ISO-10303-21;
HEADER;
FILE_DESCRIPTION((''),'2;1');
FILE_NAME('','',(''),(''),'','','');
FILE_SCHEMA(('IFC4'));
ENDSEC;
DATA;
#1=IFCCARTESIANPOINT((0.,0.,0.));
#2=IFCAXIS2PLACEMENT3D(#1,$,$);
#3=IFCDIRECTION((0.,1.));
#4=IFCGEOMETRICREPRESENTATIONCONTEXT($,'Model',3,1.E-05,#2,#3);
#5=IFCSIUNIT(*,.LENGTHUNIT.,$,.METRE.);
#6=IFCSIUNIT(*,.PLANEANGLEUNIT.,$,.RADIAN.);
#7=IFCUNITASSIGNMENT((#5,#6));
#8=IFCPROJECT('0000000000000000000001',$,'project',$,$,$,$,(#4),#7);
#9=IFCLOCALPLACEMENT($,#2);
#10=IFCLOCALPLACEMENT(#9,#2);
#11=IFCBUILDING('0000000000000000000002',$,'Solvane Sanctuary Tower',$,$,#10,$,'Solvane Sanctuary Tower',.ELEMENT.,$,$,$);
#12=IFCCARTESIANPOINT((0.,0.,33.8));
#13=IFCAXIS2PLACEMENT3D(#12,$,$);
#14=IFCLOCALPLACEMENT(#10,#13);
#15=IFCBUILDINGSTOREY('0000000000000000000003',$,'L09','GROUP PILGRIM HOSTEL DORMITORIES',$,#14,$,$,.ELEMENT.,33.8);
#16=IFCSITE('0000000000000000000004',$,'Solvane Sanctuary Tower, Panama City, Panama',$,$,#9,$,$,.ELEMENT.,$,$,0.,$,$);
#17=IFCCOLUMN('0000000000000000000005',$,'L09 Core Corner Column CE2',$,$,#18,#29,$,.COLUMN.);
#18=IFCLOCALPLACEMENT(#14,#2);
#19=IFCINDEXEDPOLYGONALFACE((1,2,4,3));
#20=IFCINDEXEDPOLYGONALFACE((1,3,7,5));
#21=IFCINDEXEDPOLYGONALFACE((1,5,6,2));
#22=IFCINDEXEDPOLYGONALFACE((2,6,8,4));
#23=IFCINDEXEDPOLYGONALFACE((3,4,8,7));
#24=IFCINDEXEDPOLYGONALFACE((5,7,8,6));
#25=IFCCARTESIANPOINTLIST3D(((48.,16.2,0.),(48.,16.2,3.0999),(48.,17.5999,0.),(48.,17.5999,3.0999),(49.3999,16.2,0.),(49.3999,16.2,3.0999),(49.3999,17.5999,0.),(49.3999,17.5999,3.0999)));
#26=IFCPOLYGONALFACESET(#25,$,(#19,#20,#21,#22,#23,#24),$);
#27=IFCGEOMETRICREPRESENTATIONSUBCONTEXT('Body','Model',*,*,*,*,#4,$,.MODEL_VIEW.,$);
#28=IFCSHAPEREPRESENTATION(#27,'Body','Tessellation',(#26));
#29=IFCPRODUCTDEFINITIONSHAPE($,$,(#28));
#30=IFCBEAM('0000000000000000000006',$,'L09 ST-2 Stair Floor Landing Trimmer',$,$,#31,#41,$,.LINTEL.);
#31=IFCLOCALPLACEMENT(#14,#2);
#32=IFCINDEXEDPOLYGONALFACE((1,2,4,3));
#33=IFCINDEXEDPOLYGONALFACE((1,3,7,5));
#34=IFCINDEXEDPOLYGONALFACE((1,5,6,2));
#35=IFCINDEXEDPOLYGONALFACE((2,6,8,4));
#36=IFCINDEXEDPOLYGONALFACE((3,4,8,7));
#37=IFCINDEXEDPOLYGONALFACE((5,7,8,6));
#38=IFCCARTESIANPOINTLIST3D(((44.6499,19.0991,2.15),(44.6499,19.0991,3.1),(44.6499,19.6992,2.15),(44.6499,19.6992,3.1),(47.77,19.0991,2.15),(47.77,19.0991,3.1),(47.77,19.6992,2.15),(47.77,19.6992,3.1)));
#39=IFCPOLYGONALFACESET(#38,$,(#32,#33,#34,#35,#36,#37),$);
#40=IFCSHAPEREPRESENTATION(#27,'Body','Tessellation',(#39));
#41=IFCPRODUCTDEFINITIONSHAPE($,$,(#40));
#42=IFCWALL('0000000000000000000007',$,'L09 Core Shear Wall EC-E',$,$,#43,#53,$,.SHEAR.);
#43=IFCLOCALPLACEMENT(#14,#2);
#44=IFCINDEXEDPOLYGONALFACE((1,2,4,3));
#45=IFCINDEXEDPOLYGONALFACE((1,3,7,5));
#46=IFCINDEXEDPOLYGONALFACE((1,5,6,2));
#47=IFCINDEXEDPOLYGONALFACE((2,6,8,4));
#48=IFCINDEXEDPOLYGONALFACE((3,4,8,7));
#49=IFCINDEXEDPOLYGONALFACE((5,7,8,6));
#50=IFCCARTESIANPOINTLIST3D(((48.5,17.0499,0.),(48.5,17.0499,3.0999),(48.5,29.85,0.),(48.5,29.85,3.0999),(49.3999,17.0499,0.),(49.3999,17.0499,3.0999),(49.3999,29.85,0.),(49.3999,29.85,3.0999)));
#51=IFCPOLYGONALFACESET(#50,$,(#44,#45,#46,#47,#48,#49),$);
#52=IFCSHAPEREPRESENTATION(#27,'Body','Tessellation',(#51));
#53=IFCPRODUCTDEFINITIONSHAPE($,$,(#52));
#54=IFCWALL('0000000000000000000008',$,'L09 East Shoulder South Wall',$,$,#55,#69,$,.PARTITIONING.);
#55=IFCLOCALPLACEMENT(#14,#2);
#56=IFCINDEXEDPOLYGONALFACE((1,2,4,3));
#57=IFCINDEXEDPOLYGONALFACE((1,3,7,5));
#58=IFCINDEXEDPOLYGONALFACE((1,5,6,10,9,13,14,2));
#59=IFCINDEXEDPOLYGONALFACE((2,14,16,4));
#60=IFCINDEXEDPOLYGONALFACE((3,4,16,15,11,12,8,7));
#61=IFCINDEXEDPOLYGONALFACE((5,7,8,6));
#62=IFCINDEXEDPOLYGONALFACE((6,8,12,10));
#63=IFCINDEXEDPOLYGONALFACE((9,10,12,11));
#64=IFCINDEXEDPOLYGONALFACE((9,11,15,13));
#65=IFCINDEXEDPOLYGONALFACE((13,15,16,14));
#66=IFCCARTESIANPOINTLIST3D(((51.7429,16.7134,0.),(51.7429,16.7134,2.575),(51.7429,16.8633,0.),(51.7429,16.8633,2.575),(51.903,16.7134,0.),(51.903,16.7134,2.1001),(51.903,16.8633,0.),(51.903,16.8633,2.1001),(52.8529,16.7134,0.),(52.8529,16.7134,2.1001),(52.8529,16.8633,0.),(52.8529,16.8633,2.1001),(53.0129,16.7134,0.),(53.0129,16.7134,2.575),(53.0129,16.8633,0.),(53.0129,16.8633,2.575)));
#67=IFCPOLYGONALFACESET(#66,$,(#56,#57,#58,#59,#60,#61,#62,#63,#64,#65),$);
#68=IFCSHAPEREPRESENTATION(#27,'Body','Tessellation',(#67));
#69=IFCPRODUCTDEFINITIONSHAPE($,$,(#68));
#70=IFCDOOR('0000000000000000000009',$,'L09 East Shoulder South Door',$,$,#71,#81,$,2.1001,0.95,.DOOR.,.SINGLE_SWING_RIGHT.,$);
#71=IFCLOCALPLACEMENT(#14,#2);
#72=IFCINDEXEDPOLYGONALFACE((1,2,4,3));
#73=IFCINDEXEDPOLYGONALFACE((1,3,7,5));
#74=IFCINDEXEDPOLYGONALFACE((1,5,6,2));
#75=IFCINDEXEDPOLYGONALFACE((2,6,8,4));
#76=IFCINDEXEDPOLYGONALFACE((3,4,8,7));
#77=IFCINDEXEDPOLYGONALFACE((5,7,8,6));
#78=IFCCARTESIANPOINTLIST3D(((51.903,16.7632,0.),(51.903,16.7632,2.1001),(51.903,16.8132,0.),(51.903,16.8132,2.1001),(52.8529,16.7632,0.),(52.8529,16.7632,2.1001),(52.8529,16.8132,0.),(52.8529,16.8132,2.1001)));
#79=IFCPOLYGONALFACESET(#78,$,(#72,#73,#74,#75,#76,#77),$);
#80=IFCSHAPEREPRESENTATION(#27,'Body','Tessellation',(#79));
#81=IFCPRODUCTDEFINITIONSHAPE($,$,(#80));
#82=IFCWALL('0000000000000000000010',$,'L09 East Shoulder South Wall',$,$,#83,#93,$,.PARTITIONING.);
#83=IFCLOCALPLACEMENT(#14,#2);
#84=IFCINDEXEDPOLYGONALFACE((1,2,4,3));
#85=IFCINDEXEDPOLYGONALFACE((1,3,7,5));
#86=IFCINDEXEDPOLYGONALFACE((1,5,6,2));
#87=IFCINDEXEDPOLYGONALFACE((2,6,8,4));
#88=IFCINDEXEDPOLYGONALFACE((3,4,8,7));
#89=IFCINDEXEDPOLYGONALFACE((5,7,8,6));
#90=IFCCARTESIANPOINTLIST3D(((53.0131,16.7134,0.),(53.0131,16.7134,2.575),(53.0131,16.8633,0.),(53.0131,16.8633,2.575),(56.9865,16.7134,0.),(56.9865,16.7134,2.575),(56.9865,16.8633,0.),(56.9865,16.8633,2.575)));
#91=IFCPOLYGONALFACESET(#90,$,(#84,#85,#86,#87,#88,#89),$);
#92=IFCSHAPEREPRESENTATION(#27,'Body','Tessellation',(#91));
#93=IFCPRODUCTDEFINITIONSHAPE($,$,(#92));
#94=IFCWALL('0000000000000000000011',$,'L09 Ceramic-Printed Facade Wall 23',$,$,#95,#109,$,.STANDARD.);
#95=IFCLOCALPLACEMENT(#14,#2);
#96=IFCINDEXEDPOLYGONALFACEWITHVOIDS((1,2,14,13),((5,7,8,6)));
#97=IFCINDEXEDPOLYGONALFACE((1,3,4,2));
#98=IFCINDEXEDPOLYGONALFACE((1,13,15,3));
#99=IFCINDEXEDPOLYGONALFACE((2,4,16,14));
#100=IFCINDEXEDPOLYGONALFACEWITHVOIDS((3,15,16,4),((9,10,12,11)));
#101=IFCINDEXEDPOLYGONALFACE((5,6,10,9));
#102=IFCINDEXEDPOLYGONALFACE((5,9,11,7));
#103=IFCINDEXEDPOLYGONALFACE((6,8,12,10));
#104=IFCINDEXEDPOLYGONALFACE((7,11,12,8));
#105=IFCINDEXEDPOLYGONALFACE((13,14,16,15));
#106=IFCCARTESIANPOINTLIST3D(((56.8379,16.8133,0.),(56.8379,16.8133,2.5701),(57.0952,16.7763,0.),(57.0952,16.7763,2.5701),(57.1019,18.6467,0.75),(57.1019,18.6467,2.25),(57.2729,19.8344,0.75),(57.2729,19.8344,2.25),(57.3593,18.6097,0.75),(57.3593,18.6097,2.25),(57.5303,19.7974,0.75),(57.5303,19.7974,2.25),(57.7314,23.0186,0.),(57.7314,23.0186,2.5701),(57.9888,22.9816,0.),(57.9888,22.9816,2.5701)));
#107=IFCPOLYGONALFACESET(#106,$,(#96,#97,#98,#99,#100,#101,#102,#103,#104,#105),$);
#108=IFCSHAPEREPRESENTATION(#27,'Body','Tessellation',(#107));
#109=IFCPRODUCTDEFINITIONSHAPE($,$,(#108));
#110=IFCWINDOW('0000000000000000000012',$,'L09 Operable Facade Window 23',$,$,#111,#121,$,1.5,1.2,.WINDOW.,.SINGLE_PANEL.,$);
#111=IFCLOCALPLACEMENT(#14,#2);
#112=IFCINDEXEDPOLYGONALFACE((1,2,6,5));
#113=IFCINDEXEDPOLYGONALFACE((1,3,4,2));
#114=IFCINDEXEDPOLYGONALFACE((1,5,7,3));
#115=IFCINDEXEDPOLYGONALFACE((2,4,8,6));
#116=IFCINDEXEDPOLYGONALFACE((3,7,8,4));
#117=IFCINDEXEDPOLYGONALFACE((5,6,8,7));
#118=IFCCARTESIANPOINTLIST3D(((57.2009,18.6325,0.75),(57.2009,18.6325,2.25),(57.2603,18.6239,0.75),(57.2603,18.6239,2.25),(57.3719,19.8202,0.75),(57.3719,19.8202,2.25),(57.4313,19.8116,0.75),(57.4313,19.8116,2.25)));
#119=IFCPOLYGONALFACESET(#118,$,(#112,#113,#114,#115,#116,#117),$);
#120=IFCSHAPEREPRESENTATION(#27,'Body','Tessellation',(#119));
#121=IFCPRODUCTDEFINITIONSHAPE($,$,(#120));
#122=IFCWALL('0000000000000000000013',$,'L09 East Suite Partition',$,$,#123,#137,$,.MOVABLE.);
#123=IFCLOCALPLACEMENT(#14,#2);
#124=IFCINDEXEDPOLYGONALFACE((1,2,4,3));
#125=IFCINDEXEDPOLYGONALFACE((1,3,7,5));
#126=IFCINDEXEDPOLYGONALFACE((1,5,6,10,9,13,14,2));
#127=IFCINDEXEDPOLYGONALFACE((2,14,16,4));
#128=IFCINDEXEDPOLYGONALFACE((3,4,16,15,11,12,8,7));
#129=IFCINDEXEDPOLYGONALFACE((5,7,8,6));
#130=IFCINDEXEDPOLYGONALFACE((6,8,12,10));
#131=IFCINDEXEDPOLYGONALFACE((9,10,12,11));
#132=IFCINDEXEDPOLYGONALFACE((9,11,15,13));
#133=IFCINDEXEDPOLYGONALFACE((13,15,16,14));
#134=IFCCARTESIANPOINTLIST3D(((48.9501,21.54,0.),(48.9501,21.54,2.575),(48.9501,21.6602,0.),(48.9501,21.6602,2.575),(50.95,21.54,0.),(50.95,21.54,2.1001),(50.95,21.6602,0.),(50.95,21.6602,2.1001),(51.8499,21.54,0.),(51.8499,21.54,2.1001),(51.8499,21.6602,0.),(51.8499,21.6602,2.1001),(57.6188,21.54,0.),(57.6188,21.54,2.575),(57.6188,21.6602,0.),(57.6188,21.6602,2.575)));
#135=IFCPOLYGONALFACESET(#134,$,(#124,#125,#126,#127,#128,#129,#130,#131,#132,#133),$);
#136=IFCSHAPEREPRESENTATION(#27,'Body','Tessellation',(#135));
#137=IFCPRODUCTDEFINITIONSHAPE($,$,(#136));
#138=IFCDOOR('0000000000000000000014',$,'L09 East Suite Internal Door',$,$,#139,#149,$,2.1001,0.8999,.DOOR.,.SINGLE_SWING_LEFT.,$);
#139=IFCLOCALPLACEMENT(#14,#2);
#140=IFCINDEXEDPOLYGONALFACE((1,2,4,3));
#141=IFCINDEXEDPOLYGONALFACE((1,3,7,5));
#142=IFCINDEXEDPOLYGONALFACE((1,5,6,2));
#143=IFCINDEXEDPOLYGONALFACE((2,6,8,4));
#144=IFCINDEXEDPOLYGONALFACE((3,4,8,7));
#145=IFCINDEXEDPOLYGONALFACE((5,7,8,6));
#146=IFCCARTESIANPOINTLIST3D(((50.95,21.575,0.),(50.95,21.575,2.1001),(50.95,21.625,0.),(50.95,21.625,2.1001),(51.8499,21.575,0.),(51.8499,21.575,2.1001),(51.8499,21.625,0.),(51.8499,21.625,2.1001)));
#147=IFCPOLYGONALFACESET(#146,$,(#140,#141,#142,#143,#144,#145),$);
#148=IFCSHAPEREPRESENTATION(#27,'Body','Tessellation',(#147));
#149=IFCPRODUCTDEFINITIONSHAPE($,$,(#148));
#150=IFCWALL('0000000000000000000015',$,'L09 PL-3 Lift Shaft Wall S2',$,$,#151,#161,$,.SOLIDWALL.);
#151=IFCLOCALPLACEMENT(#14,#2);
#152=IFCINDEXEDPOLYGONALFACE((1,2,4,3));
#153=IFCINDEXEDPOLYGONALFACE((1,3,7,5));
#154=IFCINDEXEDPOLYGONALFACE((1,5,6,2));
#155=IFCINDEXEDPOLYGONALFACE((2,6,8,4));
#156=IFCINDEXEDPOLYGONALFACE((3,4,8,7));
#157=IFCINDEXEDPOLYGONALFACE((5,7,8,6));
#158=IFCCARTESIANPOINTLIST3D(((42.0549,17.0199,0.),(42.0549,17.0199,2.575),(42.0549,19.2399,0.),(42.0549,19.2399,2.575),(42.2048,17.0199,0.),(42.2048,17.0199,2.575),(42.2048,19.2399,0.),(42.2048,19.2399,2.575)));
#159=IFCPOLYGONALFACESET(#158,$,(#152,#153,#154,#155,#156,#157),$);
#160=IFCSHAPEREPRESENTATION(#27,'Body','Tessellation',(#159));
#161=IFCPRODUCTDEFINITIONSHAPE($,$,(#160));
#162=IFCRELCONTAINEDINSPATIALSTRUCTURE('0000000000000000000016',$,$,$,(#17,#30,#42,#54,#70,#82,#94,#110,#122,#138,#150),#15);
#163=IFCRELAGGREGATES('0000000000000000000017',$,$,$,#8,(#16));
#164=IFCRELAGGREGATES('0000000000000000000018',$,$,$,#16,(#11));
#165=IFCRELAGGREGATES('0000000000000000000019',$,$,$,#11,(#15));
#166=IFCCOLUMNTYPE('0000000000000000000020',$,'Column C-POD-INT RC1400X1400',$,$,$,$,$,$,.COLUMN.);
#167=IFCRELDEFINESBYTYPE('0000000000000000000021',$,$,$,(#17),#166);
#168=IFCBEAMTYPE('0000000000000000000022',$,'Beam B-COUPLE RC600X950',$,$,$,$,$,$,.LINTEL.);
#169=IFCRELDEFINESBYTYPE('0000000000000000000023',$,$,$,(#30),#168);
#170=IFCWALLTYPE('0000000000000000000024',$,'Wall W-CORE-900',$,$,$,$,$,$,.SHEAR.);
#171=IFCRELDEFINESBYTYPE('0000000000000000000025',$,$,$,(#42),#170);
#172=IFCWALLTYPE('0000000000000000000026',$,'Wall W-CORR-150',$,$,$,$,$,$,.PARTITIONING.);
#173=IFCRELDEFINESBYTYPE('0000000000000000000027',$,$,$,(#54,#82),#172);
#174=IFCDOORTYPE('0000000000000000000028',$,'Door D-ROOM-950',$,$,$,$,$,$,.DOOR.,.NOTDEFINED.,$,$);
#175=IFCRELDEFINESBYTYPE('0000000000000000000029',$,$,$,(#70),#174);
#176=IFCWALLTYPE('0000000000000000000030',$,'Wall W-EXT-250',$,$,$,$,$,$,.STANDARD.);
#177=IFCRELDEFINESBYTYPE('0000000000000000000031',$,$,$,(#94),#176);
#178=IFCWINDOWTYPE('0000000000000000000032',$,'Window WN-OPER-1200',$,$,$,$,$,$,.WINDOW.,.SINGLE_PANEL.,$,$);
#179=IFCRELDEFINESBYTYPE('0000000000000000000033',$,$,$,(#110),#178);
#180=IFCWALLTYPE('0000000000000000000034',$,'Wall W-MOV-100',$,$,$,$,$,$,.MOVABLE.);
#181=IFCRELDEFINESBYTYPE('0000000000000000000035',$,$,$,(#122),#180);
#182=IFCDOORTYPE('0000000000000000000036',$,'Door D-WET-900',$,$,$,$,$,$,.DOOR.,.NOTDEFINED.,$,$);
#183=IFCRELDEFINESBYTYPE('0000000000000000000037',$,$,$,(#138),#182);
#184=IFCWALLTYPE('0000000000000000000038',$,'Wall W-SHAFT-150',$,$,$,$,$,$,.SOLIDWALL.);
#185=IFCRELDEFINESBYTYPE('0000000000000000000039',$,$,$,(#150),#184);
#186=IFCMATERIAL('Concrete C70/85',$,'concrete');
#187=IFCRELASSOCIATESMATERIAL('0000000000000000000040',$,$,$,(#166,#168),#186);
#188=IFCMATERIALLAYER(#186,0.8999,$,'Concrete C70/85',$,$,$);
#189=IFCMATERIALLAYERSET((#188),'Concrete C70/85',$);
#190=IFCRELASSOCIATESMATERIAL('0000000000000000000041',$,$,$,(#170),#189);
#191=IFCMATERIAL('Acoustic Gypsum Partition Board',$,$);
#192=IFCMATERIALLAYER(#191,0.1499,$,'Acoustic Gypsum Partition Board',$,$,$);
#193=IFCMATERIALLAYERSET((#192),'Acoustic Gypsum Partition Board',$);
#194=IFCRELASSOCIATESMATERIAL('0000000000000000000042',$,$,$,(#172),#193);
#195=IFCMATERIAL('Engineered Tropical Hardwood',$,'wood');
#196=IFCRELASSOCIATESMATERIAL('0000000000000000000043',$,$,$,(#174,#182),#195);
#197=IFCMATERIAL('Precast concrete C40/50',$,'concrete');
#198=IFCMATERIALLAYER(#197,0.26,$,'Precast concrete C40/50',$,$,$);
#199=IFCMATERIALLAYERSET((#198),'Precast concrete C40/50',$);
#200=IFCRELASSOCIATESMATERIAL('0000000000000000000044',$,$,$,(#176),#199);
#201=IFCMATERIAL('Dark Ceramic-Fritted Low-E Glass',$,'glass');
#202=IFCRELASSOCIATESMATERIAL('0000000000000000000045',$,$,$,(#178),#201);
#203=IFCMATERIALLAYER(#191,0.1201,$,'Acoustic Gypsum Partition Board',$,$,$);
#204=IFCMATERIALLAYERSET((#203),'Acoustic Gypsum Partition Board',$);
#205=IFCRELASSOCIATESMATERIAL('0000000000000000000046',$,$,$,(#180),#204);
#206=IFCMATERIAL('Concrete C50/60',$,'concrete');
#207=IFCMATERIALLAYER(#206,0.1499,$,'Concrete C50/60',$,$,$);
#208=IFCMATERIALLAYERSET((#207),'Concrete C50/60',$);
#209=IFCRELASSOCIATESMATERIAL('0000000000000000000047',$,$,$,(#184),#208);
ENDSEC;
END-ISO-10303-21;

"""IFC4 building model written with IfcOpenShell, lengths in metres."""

from ifc_helpers import new_model, si_unit, direction, frame, frame_2d, origin, origin_2d, place, context, subcontext, project, spatial, rectangle, extrude, material, layer, layer_set, material_profile, profile_set, type_object, element, fill, save


model = new_model("IFC4")

# Units and contexts
model_context = context("Model", 3, precision=1e-05, world=origin(), true_north=direction((0.0, 1.0)))
body_context = subcontext(model_context, "Body", "Model", "MODEL_VIEW")
ifc_project = project(units=[si_unit("LENGTHUNIT", "METRE"), si_unit("PLANEANGLEUNIT", "RADIAN")], contexts=[model_context])

# Site, building, storey
site_placement = place(None, origin())
site = spatial("IfcSite", under=ifc_project, at=site_placement, Name="Solvane Sanctuary Tower, Panama City, Panama", CompositionType="ELEMENT", RefElevation=0.0)
building_placement = place(site_placement, origin())
building = spatial("IfcBuilding", under=site, at=building_placement, Name="Solvane Sanctuary Tower", LongName="Solvane Sanctuary Tower", CompositionType="ELEMENT")
storey_placement = place(building_placement, frame((0.0, 0.0, 33.8)))
storey = spatial("IfcBuildingStorey", under=building, at=storey_placement, Name="L09", Description="GROUP PILGRIM HOSTEL DORMITORIES", CompositionType="ELEMENT", Elevation=33.8)

# Column
ifc_material_1 = material(Name="Concrete C70/85", Category="concrete")
ifc_material_profile_1 = material_profile(ifc_material_1, rectangle(XDim=1.3999, YDim=1.3999, at=origin_2d()), Name="RC1400X1400")
ifc_profile_set_1 = profile_set([ifc_material_profile_1], Name="Concrete C70/85")
column_type = type_object("IfcColumnType", Name="Column C-POD-INT RC1400X1400", PredefinedType="COLUMN", material=ifc_profile_set_1)
column_placement = place(storey_placement, frame((48.7, 16.8999, 0.0), z_axis=(0.0, 0.0, 1.0), x_axis=(1.0, 0.0, 0.0)))
element("IfcColumn", 1, at=column_placement, inside=storey, type_object=column_type, Name="L09 Core Corner Column CE2", PredefinedType="COLUMN", context=body_context, shape_type="SweptSolid", body=[
    extrude(rectangle(XDim=1.3999, YDim=1.3999, at=origin_2d()), origin(), (0.0, 0.0, 1.0), 3.0999),
])

# Beam
ifc_material_profile_2 = material_profile(ifc_material_1, rectangle(XDim=0.6001, YDim=0.95, at=origin_2d()), Name="RC600X950")
ifc_profile_set_2 = profile_set([ifc_material_profile_2], Name="Concrete C70/85")
beam_type = type_object("IfcBeamType", Name="Beam B-COUPLE RC600X950", PredefinedType="LINTEL", material=ifc_profile_set_2)
beam_placement = place(storey_placement, frame((44.6499, 19.3992, 2.625), z_axis=(1.0, 0.0, 0.0), x_axis=(0.0, 1.0, 0.0)))
element("IfcBeam", 2, at=beam_placement, inside=storey, type_object=beam_type, Name="L09 ST-2 Stair Floor Landing Trimmer", PredefinedType="LINTEL", context=body_context, shape_type="SweptSolid", body=[
    extrude(rectangle(XDim=0.6001, YDim=0.95, at=origin_2d()), origin(), (0.0, 0.0, 1.0), 3.1201),
])

# Wall
ifc_layer_1 = layer(ifc_material_1, 0.8999, Name="Concrete C70/85")
ifc_layer_set_1 = layer_set([ifc_layer_1], Name="Concrete C70/85")
wall_type_1 = type_object("IfcWallType", Name="Wall W-CORE-900", PredefinedType="SHEAR", material=ifc_layer_set_1)
wall_1_placement = place(storey_placement, frame((48.95, 17.05, 0.0), z_axis=(0.0, 0.0, 1.0), x_axis=(0.0, 1.0, 0.0)))
element("IfcWall", 3, at=wall_1_placement, inside=storey, type_object=wall_type_1, Name="L09 Core Shear Wall EC-E", PredefinedType="SHEAR", context=body_context, shape_type="SweptSolid", body=[
    extrude(rectangle(XDim=12.8, YDim=0.8999, at=frame_2d((6.3999, 0.0))), origin(), (0.0, 0.0, 1.0), 3.0999),
])

# Wall, opening, door
ifc_material_2 = material(Name="Acoustic Gypsum Partition Board")
ifc_layer_2 = layer(ifc_material_2, 0.1499, Name="Acoustic Gypsum Partition Board")
ifc_layer_set_2 = layer_set([ifc_layer_2], Name="Acoustic Gypsum Partition Board")
wall_type_2 = type_object("IfcWallType", Name="Wall W-CORR-150", PredefinedType="PARTITIONING", material=ifc_layer_set_2)
wall_2_placement = place(storey_placement, frame((51.7429, 16.7883, 0.0), z_axis=(0.0, 0.0, 1.0), x_axis=(1.0, 0.0, 0.0)))
wall_2 = element("IfcWall", 4, at=wall_2_placement, inside=storey, type_object=wall_type_2, Name="L09 East Shoulder South Wall", PredefinedType="PARTITIONING", context=body_context, shape_type="SweptSolid", body=[
    extrude(rectangle(XDim=1.27, YDim=0.1499, at=frame_2d((0.635, 0.0))), origin(), (0.0, 0.0, 1.0), 2.575),
])
opening_1_placement = place(wall_2_placement, frame((0.1599, 0.0, 0.0)))
opening_1 = element("IfcOpeningElement", 5, at=opening_1_placement, cuts=wall_2, PredefinedType="OPENING", context=body_context, shape_type="SweptSolid", body=[
    extrude(rectangle(XDim=0.95, YDim=2.1001, at=frame_2d((0.4751, 1.05))), frame((0.0, 0.085, 0.0), z_axis=(0.0, -1.0, 0.0), x_axis=(1.0, 0.0, 0.0)), (0.0, 0.0, 1.0), 0.1699),
])
ifc_material_3 = material(Name="Engineered Tropical Hardwood", Category="wood")
door_type_1 = type_object("IfcDoorType", Name="Door D-ROOM-950", OperationType="NOTDEFINED", PredefinedType="DOOR", material=ifc_material_3)
door_1_placement = place(opening_1_placement, origin())
door_1 = element("IfcDoor", 6, at=door_1_placement, inside=storey, type_object=door_type_1, Name="L09 East Shoulder South Door", OperationType="SINGLE_SWING_RIGHT", OverallHeight=2.1001, OverallWidth=0.95, PredefinedType="DOOR", context=body_context, shape_type="SweptSolid", body=[
    extrude(rectangle(XDim=0.95, YDim=2.1001, at=frame_2d((0.4751, 1.05))), frame((0.0, 0.0249, 0.0), z_axis=(0.0, -1.0, 0.0), x_axis=(1.0, 0.0, 0.0)), (0.0, 0.0, 1.0), 0.05),
])
fill(opening_1, door_1)

# Wall
wall_3_placement = place(storey_placement, frame((53.0129, 16.7883, 0.0), z_axis=(0.0, 0.0, 1.0), x_axis=(1.0, 0.0, 0.0)))
element("IfcWall", 7, at=wall_3_placement, inside=storey, type_object=wall_type_2, Name="L09 East Shoulder South Wall", PredefinedType="PARTITIONING", context=body_context, shape_type="SweptSolid", body=[
    extrude(rectangle(XDim=3.9734, YDim=0.1499, at=frame_2d((1.9868, 0.0))), origin(), (0.0, 0.0, 1.0), 2.575),
])

# Wall, opening, window
ifc_material_4 = material(Name="Precast concrete C40/50", Category="concrete")
ifc_layer_3 = layer(ifc_material_4, 0.26, Name="Precast concrete C40/50")
ifc_layer_set_3 = layer_set([ifc_layer_3], Name="Precast concrete C40/50")
wall_type_3 = type_object("IfcWallType", Name="Wall W-EXT-250", PredefinedType="STANDARD", material=ifc_layer_set_3)
wall_4_placement = place(storey_placement, frame((56.9666, 16.7947, 0.0), z_axis=(0.0, 0.0, 1.0), x_axis=(0.142528, 0.989791, 0.0)))
wall_4 = element("IfcWall", 8, at=wall_4_placement, inside=storey, type_object=wall_type_3, Name="L09 Ceramic-Printed Facade Wall 23", PredefinedType="STANDARD", context=body_context, shape_type="SweptSolid", body=[
    extrude(rectangle(XDim=6.2693, YDim=0.26, at=frame_2d((3.1348, 0.0))), origin(), (0.0, 0.0, 1.0), 2.5701),
])
opening_2_placement = place(wall_4_placement, frame((1.8523, 0.0, 0.75)))
opening_2 = element("IfcOpeningElement", 9, at=opening_2_placement, cuts=wall_4, PredefinedType="OPENING", context=body_context, shape_type="SweptSolid", body=[
    extrude(rectangle(XDim=1.2, YDim=1.5, at=frame_2d((0.6001, 0.75))), frame((0.0, 0.1399, 0.0), z_axis=(0.0, -1.0, 0.0), x_axis=(1.0, 0.0, 0.0)), (0.0, 0.0, 1.0), 0.28),
])
ifc_material_5 = material(Name="Dark Ceramic-Fritted Low-E Glass", Category="glass")
window_type = type_object("IfcWindowType", Name="Window WN-OPER-1200", PartitioningType="SINGLE_PANEL", PredefinedType="WINDOW", material=ifc_material_5)
window_placement = place(opening_2_placement, origin())
window = element("IfcWindow", 10, at=window_placement, inside=storey, type_object=window_type, Name="L09 Operable Facade Window 23", OverallHeight=1.5, OverallWidth=1.2, PartitioningType="SINGLE_PANEL", PredefinedType="WINDOW", context=body_context, shape_type="SweptSolid", body=[
    extrude(rectangle(XDim=1.2, YDim=1.5, at=frame_2d((0.6001, 0.75))), frame((0.0, 0.03, 0.0), z_axis=(0.0, -1.0, 0.0), x_axis=(1.0, 0.0, 0.0)), (0.0, 0.0, 1.0), 0.0601),
])
fill(opening_2, window)

# Wall, opening, door
ifc_layer_4 = layer(ifc_material_2, 0.1201, Name="Acoustic Gypsum Partition Board")
ifc_layer_set_4 = layer_set([ifc_layer_4], Name="Acoustic Gypsum Partition Board")
wall_type_4 = type_object("IfcWallType", Name="Wall W-MOV-100", PredefinedType="MOVABLE", material=ifc_layer_set_4)
wall_5_placement = place(storey_placement, frame((48.95, 21.6001, 0.0), z_axis=(0.0, 0.0, 1.0), x_axis=(1.0, 0.0, 0.0)))
wall_5 = element("IfcWall", 11, at=wall_5_placement, inside=storey, type_object=wall_type_4, Name="L09 East Suite Partition", PredefinedType="MOVABLE", context=body_context, shape_type="SweptSolid", body=[
    extrude(rectangle(XDim=8.6687, YDim=0.1201, at=frame_2d((4.3345, 0.0))), origin(), (0.0, 0.0, 1.0), 2.575),
])
opening_3_placement = place(wall_5_placement, frame((2.0, 0.0, 0.0)))
opening_3 = element("IfcOpeningElement", 12, at=opening_3_placement, cuts=wall_5, PredefinedType="OPENING", context=body_context, shape_type="SweptSolid", body=[
    extrude(rectangle(XDim=0.8999, YDim=2.1001, at=frame_2d((0.45, 1.05))), frame((0.0, 0.0701, 0.0), z_axis=(0.0, -1.0, 0.0), x_axis=(1.0, 0.0, 0.0)), (0.0, 0.0, 1.0), 0.1401),
])
door_type_2 = type_object("IfcDoorType", Name="Door D-WET-900", OperationType="NOTDEFINED", PredefinedType="DOOR", material=ifc_material_3)
door_2_placement = place(opening_3_placement, origin())
door_2 = element("IfcDoor", 13, at=door_2_placement, inside=storey, type_object=door_type_2, Name="L09 East Suite Internal Door", OperationType="SINGLE_SWING_LEFT", OverallHeight=2.1001, OverallWidth=0.8999, PredefinedType="DOOR", context=body_context, shape_type="SweptSolid", body=[
    extrude(rectangle(XDim=0.8999, YDim=2.1001, at=frame_2d((0.45, 1.05))), frame((0.0, 0.0249, 0.0), z_axis=(0.0, -1.0, 0.0), x_axis=(1.0, 0.0, 0.0)), (0.0, 0.0, 1.0), 0.05),
])
fill(opening_3, door_2)

# Wall
ifc_material_6 = material(Name="Concrete C50/60", Category="concrete")
ifc_layer_5 = layer(ifc_material_6, 0.1499, Name="Concrete C50/60")
ifc_layer_set_5 = layer_set([ifc_layer_5], Name="Concrete C50/60")
wall_type_5 = type_object("IfcWallType", Name="Wall W-SHAFT-150", PredefinedType="SOLIDWALL", material=ifc_layer_set_5)
wall_6_placement = place(storey_placement, frame((42.1299, 17.02, 0.0), z_axis=(0.0, 0.0, 1.0), x_axis=(0.0, 1.0, 0.0)))
element("IfcWall", 14, at=wall_6_placement, inside=storey, type_object=wall_type_5, Name="L09 PL-3 Lift Shaft Wall S2", PredefinedType="SOLIDWALL", context=body_context, shape_type="SweptSolid", body=[
    extrude(rectangle(XDim=2.22, YDim=0.1499, at=frame_2d((1.1099, 0.0))), origin(), (0.0, 0.0, 1.0), 2.575),
])

save(model, "model.ifc")
